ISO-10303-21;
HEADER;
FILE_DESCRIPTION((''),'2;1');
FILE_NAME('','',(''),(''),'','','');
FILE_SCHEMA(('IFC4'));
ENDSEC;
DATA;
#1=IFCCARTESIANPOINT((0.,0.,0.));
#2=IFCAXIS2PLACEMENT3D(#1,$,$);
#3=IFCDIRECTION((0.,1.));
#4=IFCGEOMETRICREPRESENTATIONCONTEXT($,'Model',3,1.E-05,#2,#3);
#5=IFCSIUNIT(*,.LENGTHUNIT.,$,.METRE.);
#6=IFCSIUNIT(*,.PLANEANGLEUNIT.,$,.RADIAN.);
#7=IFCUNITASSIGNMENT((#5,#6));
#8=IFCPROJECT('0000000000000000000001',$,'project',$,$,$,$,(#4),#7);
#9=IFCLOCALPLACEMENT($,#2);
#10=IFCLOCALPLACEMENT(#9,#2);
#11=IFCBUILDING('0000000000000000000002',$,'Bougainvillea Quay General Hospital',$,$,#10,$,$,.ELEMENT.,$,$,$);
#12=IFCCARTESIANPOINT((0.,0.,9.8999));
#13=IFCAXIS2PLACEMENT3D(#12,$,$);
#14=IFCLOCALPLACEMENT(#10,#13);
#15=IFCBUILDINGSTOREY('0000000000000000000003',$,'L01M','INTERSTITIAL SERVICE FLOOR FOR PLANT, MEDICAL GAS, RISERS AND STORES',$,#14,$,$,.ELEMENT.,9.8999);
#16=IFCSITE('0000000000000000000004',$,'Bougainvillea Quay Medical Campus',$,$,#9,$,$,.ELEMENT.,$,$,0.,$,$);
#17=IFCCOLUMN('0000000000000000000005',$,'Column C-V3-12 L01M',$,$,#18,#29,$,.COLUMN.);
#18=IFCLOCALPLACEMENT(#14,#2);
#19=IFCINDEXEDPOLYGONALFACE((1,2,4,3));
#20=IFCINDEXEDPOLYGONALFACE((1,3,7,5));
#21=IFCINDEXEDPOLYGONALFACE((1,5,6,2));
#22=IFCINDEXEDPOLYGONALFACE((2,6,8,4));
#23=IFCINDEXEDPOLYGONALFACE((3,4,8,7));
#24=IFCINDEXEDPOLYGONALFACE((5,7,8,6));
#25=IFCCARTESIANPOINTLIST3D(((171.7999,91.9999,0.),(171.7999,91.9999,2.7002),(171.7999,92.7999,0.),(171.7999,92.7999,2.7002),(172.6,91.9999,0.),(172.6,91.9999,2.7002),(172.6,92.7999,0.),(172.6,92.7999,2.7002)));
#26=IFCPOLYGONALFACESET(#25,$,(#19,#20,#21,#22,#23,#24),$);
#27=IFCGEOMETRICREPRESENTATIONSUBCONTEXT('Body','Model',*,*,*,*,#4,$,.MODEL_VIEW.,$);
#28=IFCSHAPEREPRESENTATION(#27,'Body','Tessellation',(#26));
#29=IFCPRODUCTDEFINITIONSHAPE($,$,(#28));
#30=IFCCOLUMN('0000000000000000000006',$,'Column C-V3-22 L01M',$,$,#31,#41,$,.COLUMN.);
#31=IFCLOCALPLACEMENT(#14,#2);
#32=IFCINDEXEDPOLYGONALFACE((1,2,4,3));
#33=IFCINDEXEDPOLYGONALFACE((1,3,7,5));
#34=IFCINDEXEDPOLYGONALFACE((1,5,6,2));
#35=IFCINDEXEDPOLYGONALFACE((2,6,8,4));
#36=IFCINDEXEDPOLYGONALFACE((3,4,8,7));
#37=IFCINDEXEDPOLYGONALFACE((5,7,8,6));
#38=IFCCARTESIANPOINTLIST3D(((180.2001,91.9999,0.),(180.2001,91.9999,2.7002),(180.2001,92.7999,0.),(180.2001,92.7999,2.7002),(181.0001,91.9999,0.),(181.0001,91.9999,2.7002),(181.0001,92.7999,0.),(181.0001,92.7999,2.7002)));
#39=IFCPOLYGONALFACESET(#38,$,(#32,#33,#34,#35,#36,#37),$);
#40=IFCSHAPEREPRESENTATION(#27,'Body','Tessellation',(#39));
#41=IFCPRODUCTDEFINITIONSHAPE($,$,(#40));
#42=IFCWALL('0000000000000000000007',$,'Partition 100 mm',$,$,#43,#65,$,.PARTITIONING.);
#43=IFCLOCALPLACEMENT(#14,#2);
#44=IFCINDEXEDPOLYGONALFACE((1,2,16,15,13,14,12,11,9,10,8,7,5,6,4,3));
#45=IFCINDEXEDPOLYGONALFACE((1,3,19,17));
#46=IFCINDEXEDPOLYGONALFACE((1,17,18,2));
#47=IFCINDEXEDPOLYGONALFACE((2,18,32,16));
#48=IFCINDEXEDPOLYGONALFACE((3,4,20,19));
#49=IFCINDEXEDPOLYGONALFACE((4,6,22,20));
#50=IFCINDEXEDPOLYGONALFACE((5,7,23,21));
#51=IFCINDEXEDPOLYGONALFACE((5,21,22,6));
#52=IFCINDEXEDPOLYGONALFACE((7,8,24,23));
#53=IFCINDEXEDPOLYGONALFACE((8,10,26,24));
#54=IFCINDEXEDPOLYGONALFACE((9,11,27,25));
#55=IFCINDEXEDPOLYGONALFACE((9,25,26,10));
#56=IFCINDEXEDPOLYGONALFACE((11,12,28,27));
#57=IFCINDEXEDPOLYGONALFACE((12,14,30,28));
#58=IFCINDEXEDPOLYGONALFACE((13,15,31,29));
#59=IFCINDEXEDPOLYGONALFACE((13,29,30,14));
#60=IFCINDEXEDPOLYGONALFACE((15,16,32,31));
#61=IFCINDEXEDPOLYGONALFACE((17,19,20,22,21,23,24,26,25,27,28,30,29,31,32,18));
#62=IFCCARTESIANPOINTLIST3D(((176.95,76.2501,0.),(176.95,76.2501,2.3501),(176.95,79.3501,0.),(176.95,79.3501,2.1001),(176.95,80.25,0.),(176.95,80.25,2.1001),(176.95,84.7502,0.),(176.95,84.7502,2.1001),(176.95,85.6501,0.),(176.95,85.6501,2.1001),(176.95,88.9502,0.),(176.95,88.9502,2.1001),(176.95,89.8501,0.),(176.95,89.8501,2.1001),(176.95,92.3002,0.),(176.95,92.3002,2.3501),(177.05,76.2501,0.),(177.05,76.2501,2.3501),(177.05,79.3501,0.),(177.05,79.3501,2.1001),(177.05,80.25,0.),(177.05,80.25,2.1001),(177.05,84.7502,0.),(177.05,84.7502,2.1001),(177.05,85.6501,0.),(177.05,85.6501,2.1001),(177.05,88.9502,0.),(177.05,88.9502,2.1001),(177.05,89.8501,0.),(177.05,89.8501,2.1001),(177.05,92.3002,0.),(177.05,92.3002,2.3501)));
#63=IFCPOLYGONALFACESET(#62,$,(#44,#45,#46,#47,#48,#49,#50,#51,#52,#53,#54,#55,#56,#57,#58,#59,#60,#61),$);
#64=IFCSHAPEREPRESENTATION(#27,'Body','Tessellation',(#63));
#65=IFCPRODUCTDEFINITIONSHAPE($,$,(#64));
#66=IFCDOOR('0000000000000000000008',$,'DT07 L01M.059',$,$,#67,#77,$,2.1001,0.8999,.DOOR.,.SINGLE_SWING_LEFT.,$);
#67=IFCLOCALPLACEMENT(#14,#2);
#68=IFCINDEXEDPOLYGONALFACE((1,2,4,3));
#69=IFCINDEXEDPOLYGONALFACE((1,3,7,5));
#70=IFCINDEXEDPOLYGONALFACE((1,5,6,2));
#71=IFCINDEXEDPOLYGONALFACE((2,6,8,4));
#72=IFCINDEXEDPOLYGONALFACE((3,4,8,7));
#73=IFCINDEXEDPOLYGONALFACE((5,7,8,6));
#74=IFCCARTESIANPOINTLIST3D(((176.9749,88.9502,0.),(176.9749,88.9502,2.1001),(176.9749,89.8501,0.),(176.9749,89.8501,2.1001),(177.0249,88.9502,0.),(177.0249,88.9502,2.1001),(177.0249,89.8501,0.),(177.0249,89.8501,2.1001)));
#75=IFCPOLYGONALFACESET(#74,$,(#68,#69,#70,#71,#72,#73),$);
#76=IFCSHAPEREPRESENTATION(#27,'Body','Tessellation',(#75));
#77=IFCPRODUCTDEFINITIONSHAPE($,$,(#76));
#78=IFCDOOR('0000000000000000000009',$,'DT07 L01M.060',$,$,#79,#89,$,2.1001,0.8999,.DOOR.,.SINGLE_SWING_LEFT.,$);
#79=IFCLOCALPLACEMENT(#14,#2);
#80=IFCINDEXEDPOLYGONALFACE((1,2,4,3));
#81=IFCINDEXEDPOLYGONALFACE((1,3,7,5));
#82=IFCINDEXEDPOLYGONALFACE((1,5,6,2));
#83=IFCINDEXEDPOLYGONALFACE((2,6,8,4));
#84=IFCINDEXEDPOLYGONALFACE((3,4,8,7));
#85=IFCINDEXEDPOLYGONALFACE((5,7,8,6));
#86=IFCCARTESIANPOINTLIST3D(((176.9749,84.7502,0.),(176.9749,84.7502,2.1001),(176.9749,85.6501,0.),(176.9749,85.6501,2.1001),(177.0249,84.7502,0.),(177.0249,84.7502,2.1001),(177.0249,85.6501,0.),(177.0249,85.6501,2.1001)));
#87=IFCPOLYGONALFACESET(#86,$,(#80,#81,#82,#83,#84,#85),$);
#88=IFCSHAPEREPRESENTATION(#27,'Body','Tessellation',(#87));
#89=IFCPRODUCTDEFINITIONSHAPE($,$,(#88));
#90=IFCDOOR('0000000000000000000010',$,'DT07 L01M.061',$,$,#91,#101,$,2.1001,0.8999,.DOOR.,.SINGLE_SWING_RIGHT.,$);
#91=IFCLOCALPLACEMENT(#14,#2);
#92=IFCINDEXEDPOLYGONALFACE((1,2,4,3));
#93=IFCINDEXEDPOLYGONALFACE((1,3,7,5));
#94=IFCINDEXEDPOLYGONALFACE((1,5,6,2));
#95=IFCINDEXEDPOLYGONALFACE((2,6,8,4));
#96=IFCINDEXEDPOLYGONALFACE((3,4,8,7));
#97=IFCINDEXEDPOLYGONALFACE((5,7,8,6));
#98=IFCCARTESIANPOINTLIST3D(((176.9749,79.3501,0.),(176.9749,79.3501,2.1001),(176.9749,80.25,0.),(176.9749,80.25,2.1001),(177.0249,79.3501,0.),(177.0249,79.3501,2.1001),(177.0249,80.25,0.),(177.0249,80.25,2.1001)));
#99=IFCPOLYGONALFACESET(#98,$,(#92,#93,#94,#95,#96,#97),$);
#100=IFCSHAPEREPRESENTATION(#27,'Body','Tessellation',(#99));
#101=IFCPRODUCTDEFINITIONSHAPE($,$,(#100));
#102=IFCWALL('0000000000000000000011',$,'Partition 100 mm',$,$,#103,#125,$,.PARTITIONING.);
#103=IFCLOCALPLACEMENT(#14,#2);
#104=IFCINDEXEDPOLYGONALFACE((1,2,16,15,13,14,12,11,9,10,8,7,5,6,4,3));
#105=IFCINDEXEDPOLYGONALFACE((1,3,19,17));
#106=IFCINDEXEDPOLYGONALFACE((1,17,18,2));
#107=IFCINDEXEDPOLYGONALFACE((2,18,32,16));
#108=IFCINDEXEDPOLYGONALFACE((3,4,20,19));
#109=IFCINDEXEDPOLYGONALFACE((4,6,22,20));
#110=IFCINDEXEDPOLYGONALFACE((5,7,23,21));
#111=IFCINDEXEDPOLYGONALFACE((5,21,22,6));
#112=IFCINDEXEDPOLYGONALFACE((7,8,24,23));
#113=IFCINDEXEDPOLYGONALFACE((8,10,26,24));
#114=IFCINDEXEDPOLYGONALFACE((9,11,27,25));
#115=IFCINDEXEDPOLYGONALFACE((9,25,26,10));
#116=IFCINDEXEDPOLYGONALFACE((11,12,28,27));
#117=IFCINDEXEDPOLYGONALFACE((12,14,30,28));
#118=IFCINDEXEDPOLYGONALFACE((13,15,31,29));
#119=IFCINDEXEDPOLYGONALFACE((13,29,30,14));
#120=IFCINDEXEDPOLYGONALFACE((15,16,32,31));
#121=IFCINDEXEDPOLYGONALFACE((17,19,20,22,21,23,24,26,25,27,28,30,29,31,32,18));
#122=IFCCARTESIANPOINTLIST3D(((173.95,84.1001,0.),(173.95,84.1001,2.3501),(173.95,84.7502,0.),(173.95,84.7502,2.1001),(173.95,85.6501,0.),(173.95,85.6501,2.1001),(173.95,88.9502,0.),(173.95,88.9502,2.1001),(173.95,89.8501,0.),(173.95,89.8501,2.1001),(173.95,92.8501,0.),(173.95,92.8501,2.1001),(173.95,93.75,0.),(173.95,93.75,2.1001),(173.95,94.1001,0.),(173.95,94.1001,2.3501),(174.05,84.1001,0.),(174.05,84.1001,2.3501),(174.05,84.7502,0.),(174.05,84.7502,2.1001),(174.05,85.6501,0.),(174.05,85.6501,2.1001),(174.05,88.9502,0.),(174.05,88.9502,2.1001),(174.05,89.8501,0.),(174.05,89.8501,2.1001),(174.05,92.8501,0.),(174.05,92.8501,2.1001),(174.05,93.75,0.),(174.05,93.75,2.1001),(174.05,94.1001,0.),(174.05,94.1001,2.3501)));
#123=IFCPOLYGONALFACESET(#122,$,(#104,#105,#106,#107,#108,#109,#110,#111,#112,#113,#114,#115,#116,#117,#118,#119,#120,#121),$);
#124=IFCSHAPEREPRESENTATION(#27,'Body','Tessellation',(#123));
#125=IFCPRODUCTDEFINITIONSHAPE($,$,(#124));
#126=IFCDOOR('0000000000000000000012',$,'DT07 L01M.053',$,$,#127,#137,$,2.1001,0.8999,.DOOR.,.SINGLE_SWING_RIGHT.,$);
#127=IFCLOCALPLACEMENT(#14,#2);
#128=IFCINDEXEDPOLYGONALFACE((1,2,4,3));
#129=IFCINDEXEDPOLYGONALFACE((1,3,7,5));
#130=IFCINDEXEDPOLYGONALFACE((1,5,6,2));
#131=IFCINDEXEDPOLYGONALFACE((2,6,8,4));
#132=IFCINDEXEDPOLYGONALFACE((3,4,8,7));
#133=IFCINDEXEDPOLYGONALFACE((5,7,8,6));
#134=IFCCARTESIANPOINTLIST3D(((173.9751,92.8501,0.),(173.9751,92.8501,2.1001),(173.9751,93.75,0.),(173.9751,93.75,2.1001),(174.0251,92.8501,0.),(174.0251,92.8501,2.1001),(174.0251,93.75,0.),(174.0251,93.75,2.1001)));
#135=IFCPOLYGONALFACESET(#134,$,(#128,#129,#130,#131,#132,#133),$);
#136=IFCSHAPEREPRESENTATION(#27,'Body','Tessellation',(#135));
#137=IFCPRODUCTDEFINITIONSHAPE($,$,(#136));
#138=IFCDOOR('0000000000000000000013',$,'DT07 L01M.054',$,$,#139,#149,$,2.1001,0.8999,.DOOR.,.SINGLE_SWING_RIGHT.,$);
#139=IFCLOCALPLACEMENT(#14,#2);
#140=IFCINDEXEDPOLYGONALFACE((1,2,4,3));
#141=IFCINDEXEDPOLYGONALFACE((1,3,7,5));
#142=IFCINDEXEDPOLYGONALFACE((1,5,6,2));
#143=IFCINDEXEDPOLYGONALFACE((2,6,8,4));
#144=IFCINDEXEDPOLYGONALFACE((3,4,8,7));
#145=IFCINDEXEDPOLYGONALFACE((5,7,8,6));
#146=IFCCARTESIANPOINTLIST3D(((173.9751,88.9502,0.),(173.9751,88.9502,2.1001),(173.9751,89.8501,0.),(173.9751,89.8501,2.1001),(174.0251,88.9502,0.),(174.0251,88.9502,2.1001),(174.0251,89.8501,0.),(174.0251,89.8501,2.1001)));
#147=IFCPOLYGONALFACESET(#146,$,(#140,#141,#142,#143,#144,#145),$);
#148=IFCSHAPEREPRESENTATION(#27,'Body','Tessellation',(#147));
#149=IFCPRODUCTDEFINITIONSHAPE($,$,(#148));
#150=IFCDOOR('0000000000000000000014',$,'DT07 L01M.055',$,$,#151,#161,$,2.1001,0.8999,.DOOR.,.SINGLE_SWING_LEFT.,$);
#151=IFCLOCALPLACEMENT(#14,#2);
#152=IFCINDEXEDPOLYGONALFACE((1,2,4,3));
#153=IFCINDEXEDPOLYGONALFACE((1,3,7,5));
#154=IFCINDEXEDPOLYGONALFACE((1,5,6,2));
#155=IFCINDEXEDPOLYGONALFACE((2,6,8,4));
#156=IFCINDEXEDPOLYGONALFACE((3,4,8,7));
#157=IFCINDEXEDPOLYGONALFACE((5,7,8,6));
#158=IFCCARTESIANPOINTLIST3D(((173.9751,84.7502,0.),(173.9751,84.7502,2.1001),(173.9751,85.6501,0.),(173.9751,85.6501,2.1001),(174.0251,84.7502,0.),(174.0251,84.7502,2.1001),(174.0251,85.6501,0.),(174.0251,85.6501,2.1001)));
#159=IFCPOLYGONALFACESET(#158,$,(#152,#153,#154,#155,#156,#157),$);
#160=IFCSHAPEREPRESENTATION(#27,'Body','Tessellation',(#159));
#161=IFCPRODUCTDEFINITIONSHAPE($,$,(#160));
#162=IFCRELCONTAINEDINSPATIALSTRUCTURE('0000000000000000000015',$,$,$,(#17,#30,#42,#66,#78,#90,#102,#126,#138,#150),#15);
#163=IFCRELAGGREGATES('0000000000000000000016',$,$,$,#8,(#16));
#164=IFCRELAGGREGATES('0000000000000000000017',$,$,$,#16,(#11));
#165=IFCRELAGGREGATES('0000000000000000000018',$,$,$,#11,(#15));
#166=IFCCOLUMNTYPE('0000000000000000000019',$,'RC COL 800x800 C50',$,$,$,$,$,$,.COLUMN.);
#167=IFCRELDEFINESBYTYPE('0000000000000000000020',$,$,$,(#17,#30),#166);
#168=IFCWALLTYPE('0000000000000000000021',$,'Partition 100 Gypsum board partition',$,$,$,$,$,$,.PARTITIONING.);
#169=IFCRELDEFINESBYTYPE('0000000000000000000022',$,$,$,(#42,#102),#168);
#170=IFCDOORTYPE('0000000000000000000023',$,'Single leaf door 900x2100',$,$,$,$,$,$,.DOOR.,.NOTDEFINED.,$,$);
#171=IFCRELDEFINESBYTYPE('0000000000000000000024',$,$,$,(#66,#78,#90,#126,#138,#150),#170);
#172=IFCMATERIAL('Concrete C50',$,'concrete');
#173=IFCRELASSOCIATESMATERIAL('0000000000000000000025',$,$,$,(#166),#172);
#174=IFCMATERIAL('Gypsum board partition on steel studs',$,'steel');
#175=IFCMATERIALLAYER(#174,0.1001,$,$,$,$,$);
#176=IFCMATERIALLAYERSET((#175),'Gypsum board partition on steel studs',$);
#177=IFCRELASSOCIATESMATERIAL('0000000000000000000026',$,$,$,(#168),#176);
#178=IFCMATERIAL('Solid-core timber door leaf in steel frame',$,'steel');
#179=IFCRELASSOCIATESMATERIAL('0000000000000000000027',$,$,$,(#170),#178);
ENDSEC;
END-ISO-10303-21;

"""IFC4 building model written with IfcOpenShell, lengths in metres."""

from ifc_helpers import new_model, si_unit, direction, frame, frame_2d, origin, origin_2d, place, context, subcontext, project, spatial, rectangle, extrude, material, layer, layer_set, material_profile, profile_set, type_object, element, fill, save


model = new_model("IFC4")

# Units and contexts
model_context = context("Model", 3, precision=1e-05, world=origin(), true_north=direction((0.0, 1.0)))
body_context = subcontext(model_context, "Body", "Model", "MODEL_VIEW")
ifc_project = project(units=[si_unit("LENGTHUNIT", "METRE"), si_unit("PLANEANGLEUNIT", "RADIAN")], contexts=[model_context])

# Site, building, storey
site_placement = place(None, origin())
site = spatial("IfcSite", under=ifc_project, at=site_placement, Name="Bougainvillea Quay Medical Campus", CompositionType="ELEMENT", RefElevation=0.0)
building_placement = place(site_placement, origin())
building = spatial("IfcBuilding", under=site, at=building_placement, Name="Bougainvillea Quay General Hospital", CompositionType="ELEMENT")
storey_placement = place(building_placement, frame((0.0, 0.0, 9.8999)))
storey = spatial("IfcBuildingStorey", under=building, at=storey_placement, Name="L01M", Description="INTERSTITIAL SERVICE FLOOR FOR PLANT, MEDICAL GAS, RISERS AND STORES", CompositionType="ELEMENT", Elevation=9.8999)

# Columns
ifc_material_1 = material(Name="Concrete C50", Category="concrete")
ifc_material_profile = material_profile(ifc_material_1, rectangle(XDim=0.8, YDim=0.8, at=origin_2d()))
ifc_profile_set = profile_set([ifc_material_profile], Name="Concrete C50")
column_type = type_object("IfcColumnType", Name="RC COL 800x800 C50", PredefinedType="COLUMN", material=ifc_profile_set)
for number, where, z_axis, x_axis, name in (
    (1, (172.2, 92.3999, 0.0), (0.0, 0.0, 1.0), (1.0, 0.0, 0.0), "Column C-V3-12 L01M"),
    (2, (180.6001, 92.3999, 0.0), (0.0, 0.0, 1.0), (1.0, 0.0, 0.0), "Column C-V3-22 L01M"),
):
    element("IfcColumn", number, at=place(storey_placement, frame(where, z_axis=z_axis, x_axis=x_axis)), inside=storey, type_object=column_type, Name=name, PredefinedType="COLUMN", context=body_context, shape_type="SweptSolid", body=[
        extrude(rectangle(XDim=0.8, YDim=0.8, at=origin_2d()), origin(), (0.0, 0.0, 1.0), 2.7002),
    ])

# Walls, openings, doors
ifc_material_2 = material(Name="Gypsum board partition on steel studs", Category="steel")
ifc_layer_1 = layer(ifc_material_2, 0.1001)
ifc_layer_set_1 = layer_set([ifc_layer_1], Name="Gypsum board partition on steel studs")
wall_type_1 = type_object("IfcWallType", Name="Partition 100 Gypsum board partition", PredefinedType="PARTITIONING", material=ifc_layer_set_1)
wall_1_placement = place(storey_placement, frame((177.0, 92.3, 0.0), z_axis=(0.0, 0.0, 1.0), x_axis=(0.0, -1.0, 0.0)))
wall_1 = element("IfcWall", 3, at=wall_1_placement, inside=storey, type_object=wall_type_1, Name="Partition 100 mm", PredefinedType="PARTITIONING", context=body_context, shape_type="SweptSolid", body=[
    extrude(rectangle(XDim=16.05, YDim=0.1001, at=frame_2d((8.0249, 0.0))), origin(), (0.0, 0.0, 1.0), 2.3501),
])
opening_1_placement = place(wall_1_placement, frame((2.45, 0.0, 0.0)))
opening_1 = element("IfcOpeningElement", 4, at=opening_1_placement, cuts=wall_1, PredefinedType="OPENING", context=body_context, shape_type="SweptSolid", body=[
    extrude(rectangle(XDim=0.8999, YDim=2.1001, at=frame_2d((0.45, 1.05))), frame((0.0, 0.0601, 0.0), z_axis=(0.0, -1.0, 0.0), x_axis=(1.0, 0.0, 0.0)), (0.0, 0.0, 1.0), 0.1201),
])
opening_2_placement = place(wall_1_placement, frame((6.6499, 0.0, 0.0)))
opening_2 = element("IfcOpeningElement", 5, at=opening_2_placement, cuts=wall_1, PredefinedType="OPENING", context=body_context, shape_type="SweptSolid", body=[
    extrude(rectangle(XDim=0.8999, YDim=2.1001, at=frame_2d((0.45, 1.05))), frame((0.0, 0.0601, 0.0), z_axis=(0.0, -1.0, 0.0), x_axis=(1.0, 0.0, 0.0)), (0.0, 0.0, 1.0), 0.1201),
])
opening_3_placement = place(wall_1_placement, frame((12.05, 0.0, 0.0)))
opening_3 = element("IfcOpeningElement", 6, at=opening_3_placement, cuts=wall_1, PredefinedType="OPENING", context=body_context, shape_type="SweptSolid", body=[
    extrude(rectangle(XDim=0.8999, YDim=2.1001, at=frame_2d((0.45, 1.05))), frame((0.0, 0.0601, 0.0), z_axis=(0.0, -1.0, 0.0), x_axis=(1.0, 0.0, 0.0)), (0.0, 0.0, 1.0), 0.1201),
])
ifc_material_3 = material(Name="Solid-core timber door leaf in steel frame", Category="steel")
door_type_1 = type_object("IfcDoorType", Name="Single leaf door 900x2100", OperationType="NOTDEFINED", PredefinedType="DOOR", material=ifc_material_3)
door_1_placement = place(opening_1_placement, origin())
door_1 = element("IfcDoor", 7, at=door_1_placement, inside=storey, type_object=door_type_1, Name="DT07 L01M.059", OperationType="SINGLE_SWING_LEFT", OverallHeight=2.1001, OverallWidth=0.8999, PredefinedType="DOOR", context=body_context, shape_type="SweptSolid", body=[
    extrude(rectangle(XDim=0.8999, YDim=2.1001, at=frame_2d((0.45, 1.05))), frame((0.0, 0.0249, 0.0), z_axis=(0.0, -1.0, 0.0), x_axis=(1.0, 0.0, 0.0)), (0.0, 0.0, 1.0), 0.05),
])
fill(opening_1, door_1)
door_2_placement = place(opening_2_placement, origin())
door_2 = element("IfcDoor", 8, at=door_2_placement, inside=storey, type_object=door_type_1, Name="DT07 L01M.060", OperationType="SINGLE_SWING_LEFT", OverallHeight=2.1001, OverallWidth=0.8999, PredefinedType="DOOR", context=body_context, shape_type="SweptSolid", body=[
    extrude(rectangle(XDim=0.8999, YDim=2.1001, at=frame_2d((0.45, 1.05))), frame((0.0, 0.0249, 0.0), z_axis=(0.0, -1.0, 0.0), x_axis=(1.0, 0.0, 0.0)), (0.0, 0.0, 1.0), 0.05),
])
fill(opening_2, door_2)
door_3_placement = place(opening_3_placement, origin())
door_3 = element("IfcDoor", 9, at=door_3_placement, inside=storey, type_object=door_type_1, Name="DT07 L01M.061", OperationType="SINGLE_SWING_RIGHT", OverallHeight=2.1001, OverallWidth=0.8999, PredefinedType="DOOR", context=body_context, shape_type="SweptSolid", body=[
    extrude(rectangle(XDim=0.8999, YDim=2.1001, at=frame_2d((0.45, 1.05))), frame((0.0, 0.0249, 0.0), z_axis=(0.0, -1.0, 0.0), x_axis=(1.0, 0.0, 0.0)), (0.0, 0.0, 1.0), 0.05),
])
fill(opening_3, door_3)
wall_2_placement = place(storey_placement, frame((174.0, 94.1001, 0.0), z_axis=(0.0, 0.0, 1.0), x_axis=(0.0, -1.0, 0.0)))
wall_2 = element("IfcWall", 10, at=wall_2_placement, inside=storey, type_object=wall_type_1, Name="Partition 100 mm", PredefinedType="PARTITIONING", context=body_context, shape_type="SweptSolid", body=[
    extrude(rectangle(XDim=10.0, YDim=0.1001, at=frame_2d((5.0, 0.0))), origin(), (0.0, 0.0, 1.0), 2.3501),
])
opening_4_placement = place(wall_2_placement, frame((0.3501, 0.0, 0.0)))
opening_4 = element("IfcOpeningElement", 11, at=opening_4_placement, cuts=wall_2, PredefinedType="OPENING", context=body_context, shape_type="SweptSolid", body=[
    extrude(rectangle(XDim=0.8999, YDim=2.1001, at=frame_2d((0.45, 1.05))), frame((0.0, 0.0601, 0.0), z_axis=(0.0, -1.0, 0.0), x_axis=(1.0, 0.0, 0.0)), (0.0, 0.0, 1.0), 0.1201),
])
opening_5_placement = place(wall_2_placement, frame((4.25, 0.0, 0.0)))
opening_5 = element("IfcOpeningElement", 12, at=opening_5_placement, cuts=wall_2, PredefinedType="OPENING", context=body_context, shape_type="SweptSolid", body=[
    extrude(rectangle(XDim=0.8999, YDim=2.1001, at=frame_2d((0.45, 1.05))), frame((0.0, 0.0601, 0.0), z_axis=(0.0, -1.0, 0.0), x_axis=(1.0, 0.0, 0.0)), (0.0, 0.0, 1.0), 0.1201),
])
opening_6_placement = place(wall_2_placement, frame((8.45, 0.0, 0.0)))
opening_6 = element("IfcOpeningElement", 13, at=opening_6_placement, cuts=wall_2, PredefinedType="OPENING", context=body_context, shape_type="SweptSolid", body=[
    extrude(rectangle(XDim=0.8999, YDim=2.1001, at=frame_2d((0.45, 1.05))), frame((0.0, 0.0601, 0.0), z_axis=(0.0, -1.0, 0.0), x_axis=(1.0, 0.0, 0.0)), (0.0, 0.0, 1.0), 0.1201),
])
door_4_placement = place(opening_4_placement, frame((0.8999, 0.0, 0.0), z_axis=(0.0, 0.0, 1.0), x_axis=(-1.0, 0.0, 0.0)))
door_4 = element("IfcDoor", 14, at=door_4_placement, inside=storey, type_object=door_type_1, Name="DT07 L01M.053", OperationType="SINGLE_SWING_RIGHT", OverallHeight=2.1001, OverallWidth=0.8999, PredefinedType="DOOR", context=body_context, shape_type="SweptSolid", body=[
    extrude(rectangle(XDim=0.8999, YDim=2.1001, at=frame_2d((0.45, 1.05))), frame((0.0, 0.0249, 0.0), z_axis=(0.0, -1.0, 0.0), x_axis=(1.0, 0.0, 0.0)), (0.0, 0.0, 1.0), 0.05),
])
fill(opening_4, door_4)
door_5_placement = place(opening_5_placement, frame((0.8999, 0.0, 0.0), z_axis=(0.0, 0.0, 1.0), x_axis=(-1.0, 0.0, 0.0)))
door_5 = element("IfcDoor", 15, at=door_5_placement, inside=storey, type_object=door_type_1, Name="DT07 L01M.054", OperationType="SINGLE_SWING_RIGHT", OverallHeight=2.1001, OverallWidth=0.8999, PredefinedType="DOOR", context=body_context, shape_type="SweptSolid", body=[
    extrude(rectangle(XDim=0.8999, YDim=2.1001, at=frame_2d((0.45, 1.05))), frame((0.0, 0.0249, 0.0), z_axis=(0.0, -1.0, 0.0), x_axis=(1.0, 0.0, 0.0)), (0.0, 0.0, 1.0), 0.05),
])
fill(opening_5, door_5)
door_6_placement = place(opening_6_placement, frame((0.8999, 0.0, 0.0), z_axis=(0.0, 0.0, 1.0), x_axis=(-1.0, 0.0, 0.0)))
door_6 = element("IfcDoor", 16, at=door_6_placement, inside=storey, type_object=door_type_1, Name="DT07 L01M.055", OperationType="SINGLE_SWING_LEFT", OverallHeight=2.1001, OverallWidth=0.8999, PredefinedType="DOOR", context=body_context, shape_type="SweptSolid", body=[
    extrude(rectangle(XDim=0.8999, YDim=2.1001, at=frame_2d((0.45, 1.05))), frame((0.0, 0.0249, 0.0), z_axis=(0.0, -1.0, 0.0), x_axis=(1.0, 0.0, 0.0)), (0.0, 0.0, 1.0), 0.05),
])
fill(opening_6, door_6)

save(model, "model.ifc")
